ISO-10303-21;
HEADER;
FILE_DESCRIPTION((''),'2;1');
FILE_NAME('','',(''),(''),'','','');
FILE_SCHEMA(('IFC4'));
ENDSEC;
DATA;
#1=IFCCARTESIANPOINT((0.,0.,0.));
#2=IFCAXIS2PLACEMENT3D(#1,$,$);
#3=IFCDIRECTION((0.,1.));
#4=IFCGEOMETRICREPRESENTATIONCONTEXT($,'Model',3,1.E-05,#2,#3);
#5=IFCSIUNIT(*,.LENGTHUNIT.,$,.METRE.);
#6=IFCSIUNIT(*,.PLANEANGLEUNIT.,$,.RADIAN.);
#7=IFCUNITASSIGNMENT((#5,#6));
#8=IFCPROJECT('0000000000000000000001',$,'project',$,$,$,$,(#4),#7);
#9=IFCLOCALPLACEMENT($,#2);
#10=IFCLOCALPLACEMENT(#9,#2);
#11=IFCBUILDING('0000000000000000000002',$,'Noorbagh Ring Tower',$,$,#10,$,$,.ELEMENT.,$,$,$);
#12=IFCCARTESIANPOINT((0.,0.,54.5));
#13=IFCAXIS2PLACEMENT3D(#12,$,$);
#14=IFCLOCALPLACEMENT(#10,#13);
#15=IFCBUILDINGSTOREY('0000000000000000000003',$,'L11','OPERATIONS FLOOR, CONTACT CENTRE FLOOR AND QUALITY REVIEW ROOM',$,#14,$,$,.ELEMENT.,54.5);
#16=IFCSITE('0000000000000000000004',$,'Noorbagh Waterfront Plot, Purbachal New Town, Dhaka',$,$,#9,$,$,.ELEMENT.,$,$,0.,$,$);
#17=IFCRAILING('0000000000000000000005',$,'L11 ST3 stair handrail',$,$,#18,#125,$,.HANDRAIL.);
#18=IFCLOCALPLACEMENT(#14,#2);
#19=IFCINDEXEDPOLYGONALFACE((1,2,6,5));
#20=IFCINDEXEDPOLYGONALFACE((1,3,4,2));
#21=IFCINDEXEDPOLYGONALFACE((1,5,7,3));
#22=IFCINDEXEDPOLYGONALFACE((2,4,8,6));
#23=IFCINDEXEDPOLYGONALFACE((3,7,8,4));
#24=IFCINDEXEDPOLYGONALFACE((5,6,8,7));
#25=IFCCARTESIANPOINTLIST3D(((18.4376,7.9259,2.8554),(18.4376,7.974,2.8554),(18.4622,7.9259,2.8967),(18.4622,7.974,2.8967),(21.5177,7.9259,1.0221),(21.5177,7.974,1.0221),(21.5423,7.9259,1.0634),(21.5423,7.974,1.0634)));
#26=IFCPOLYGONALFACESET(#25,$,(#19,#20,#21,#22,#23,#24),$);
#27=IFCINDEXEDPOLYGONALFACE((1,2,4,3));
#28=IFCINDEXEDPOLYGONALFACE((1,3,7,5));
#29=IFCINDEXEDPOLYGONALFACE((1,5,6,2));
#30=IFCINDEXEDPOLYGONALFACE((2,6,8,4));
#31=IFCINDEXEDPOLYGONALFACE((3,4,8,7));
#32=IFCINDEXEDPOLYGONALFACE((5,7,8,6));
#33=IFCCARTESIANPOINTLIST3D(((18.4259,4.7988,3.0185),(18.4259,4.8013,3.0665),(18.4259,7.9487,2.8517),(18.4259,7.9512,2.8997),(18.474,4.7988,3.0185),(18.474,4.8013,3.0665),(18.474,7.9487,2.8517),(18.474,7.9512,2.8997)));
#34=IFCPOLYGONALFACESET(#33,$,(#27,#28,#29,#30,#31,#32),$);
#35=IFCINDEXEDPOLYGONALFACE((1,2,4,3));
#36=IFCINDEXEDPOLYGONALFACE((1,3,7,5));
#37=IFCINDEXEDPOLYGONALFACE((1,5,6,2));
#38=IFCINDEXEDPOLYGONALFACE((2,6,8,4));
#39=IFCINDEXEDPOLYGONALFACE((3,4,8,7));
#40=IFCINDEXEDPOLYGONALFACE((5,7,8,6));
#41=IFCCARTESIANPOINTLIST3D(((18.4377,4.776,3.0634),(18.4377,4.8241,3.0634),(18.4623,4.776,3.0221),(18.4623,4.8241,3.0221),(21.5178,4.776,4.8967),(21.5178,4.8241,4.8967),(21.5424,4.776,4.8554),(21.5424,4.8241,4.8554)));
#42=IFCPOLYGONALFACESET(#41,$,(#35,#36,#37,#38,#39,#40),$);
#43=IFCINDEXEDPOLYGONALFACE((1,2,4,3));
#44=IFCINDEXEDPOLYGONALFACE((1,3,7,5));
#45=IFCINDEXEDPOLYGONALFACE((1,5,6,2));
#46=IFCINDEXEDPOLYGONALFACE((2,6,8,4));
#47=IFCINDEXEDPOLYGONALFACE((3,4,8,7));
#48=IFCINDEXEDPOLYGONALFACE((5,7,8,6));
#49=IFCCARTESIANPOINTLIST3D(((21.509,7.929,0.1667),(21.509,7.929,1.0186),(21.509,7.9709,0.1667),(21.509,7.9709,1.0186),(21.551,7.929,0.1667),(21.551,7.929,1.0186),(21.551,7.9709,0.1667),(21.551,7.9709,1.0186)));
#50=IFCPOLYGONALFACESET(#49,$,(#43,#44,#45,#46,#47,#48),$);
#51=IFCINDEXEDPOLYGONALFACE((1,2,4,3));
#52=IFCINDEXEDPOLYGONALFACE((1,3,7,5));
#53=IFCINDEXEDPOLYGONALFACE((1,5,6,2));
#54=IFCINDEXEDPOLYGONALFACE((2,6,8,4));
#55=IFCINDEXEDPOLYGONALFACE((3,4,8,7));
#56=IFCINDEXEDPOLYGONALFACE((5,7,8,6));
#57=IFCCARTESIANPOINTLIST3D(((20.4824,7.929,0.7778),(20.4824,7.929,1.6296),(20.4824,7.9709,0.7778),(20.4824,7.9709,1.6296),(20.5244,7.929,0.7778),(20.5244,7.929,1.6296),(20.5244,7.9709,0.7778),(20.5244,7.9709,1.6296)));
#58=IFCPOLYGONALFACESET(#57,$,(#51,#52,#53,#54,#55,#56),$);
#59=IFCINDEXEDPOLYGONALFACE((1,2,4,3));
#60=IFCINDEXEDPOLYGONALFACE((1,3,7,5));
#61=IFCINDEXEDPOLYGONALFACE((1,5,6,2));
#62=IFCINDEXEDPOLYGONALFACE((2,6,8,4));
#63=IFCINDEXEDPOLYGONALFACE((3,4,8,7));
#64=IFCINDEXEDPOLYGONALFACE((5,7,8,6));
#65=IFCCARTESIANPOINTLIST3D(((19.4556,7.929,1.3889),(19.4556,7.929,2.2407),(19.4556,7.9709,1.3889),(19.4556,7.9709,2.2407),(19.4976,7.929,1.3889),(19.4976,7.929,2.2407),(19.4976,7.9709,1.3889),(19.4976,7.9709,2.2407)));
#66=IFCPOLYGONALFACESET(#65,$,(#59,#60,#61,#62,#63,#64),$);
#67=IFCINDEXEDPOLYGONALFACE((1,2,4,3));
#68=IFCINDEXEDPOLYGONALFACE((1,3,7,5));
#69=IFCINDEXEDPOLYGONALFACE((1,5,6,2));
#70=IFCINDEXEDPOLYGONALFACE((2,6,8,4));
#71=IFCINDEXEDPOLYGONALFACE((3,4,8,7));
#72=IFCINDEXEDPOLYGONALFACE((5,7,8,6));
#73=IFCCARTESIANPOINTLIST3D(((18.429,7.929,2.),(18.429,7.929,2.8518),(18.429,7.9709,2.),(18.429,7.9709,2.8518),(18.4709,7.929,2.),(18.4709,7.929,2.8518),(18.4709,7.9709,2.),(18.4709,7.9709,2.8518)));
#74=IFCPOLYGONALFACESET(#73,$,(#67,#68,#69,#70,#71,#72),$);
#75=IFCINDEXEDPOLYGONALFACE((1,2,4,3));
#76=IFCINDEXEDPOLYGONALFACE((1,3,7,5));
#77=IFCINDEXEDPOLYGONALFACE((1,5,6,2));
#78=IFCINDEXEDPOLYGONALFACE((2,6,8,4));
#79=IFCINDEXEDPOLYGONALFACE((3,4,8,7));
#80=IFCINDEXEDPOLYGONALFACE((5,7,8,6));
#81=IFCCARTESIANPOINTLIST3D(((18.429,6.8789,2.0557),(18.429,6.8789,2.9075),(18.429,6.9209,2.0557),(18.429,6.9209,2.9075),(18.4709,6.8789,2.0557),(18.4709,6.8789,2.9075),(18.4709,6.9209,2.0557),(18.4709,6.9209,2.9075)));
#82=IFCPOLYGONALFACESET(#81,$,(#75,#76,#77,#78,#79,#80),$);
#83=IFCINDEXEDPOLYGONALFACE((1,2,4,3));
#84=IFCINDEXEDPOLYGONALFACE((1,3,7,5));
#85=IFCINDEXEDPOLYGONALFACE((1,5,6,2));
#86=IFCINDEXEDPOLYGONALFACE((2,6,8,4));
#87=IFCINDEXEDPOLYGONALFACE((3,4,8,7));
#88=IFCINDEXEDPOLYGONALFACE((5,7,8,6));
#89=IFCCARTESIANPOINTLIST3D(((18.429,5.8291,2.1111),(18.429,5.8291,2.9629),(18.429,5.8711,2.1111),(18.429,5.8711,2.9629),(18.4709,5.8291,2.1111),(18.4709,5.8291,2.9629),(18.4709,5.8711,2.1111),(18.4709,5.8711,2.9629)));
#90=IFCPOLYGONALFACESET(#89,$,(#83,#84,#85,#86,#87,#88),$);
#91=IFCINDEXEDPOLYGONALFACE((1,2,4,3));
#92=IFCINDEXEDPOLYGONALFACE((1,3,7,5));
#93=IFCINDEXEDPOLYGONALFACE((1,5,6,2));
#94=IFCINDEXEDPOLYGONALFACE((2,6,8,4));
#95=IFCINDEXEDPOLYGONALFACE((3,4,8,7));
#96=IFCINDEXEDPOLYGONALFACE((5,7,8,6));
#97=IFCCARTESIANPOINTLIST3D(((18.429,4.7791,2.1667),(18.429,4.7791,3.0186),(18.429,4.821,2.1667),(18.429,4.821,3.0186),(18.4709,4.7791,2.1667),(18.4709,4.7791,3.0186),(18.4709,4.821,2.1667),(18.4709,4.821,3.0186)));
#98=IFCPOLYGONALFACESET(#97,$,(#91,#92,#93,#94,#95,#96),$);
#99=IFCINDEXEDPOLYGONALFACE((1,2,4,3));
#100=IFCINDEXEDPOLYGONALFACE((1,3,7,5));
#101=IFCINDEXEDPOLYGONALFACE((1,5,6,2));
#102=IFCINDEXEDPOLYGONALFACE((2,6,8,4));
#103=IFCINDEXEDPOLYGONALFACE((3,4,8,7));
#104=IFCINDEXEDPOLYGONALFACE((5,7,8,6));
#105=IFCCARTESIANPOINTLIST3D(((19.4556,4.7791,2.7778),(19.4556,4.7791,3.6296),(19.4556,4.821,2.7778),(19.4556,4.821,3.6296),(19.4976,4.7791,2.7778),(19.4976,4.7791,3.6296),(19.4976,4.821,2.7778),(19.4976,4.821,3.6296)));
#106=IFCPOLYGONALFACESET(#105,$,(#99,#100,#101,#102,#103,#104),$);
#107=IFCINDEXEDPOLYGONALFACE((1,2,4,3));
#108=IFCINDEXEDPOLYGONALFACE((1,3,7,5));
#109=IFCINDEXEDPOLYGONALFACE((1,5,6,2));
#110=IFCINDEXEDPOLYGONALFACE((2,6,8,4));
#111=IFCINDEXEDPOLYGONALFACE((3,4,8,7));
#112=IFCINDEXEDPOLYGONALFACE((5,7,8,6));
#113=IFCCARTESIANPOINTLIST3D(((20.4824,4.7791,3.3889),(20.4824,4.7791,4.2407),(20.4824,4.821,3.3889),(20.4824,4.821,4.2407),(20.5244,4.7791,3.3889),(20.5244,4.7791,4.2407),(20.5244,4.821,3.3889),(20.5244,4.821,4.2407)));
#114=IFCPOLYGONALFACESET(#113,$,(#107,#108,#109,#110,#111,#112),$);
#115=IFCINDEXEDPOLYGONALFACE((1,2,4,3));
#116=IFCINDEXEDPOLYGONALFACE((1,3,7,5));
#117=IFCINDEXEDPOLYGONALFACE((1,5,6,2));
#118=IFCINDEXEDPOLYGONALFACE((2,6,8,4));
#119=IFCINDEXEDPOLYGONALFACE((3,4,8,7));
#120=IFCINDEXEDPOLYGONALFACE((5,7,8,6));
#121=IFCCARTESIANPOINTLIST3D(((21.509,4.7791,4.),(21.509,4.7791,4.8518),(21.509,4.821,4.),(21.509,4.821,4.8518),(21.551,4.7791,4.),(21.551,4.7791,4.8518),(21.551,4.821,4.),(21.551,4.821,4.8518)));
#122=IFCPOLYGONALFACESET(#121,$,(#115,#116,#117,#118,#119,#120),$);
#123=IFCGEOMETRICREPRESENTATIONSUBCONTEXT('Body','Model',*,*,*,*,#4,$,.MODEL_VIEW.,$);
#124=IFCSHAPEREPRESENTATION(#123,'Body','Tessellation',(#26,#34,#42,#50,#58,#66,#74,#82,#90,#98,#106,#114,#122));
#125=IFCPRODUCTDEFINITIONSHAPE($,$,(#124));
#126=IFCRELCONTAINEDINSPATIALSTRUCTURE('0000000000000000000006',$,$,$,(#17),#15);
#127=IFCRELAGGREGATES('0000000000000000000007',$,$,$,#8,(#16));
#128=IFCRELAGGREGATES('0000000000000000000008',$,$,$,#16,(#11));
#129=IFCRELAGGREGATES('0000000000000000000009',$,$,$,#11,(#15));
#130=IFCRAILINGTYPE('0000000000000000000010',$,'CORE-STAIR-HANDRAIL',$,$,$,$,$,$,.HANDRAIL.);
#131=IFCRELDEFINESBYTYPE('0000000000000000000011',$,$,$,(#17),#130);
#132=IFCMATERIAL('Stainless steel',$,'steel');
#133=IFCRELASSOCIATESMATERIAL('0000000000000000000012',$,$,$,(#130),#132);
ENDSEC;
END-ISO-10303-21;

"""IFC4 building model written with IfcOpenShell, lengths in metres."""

from ifc_helpers import new_model, si_unit, direction, frame, origin, origin_2d, place, context, subcontext, project, spatial, rectangle, extrude, material, type_object, element, save


model = new_model("IFC4")

# Units and contexts
model_context = context("Model", 3, precision=1e-05, world=origin(), true_north=direction((0.0, 1.0)))
body_context = subcontext(model_context, "Body", "Model", "MODEL_VIEW")
ifc_project = project(units=[si_unit("LENGTHUNIT", "METRE"), si_unit("PLANEANGLEUNIT", "RADIAN")], contexts=[model_context])

# Site, building, storey
site_placement = place(None, origin())
site = spatial("IfcSite", under=ifc_project, at=site_placement, Name="Noorbagh Waterfront Plot, Purbachal New Town, Dhaka", CompositionType="ELEMENT", RefElevation=0.0)
building_placement = place(site_placement, origin())
building = spatial("IfcBuilding", under=site, at=building_placement, Name="Noorbagh Ring Tower", CompositionType="ELEMENT")
storey_placement = place(building_placement, frame((0.0, 0.0, 54.5)))
storey = spatial("IfcBuildingStorey", under=building, at=storey_placement, Name="L11", Description="OPERATIONS FLOOR, CONTACT CENTRE FLOOR AND QUALITY REVIEW ROOM", CompositionType="ELEMENT", Elevation=54.5)

# Railing
ifc_material_1 = material(Name="Stainless steel", Category="steel")
railing_type_1 = type_object("IfcRailingType", Name="CORE-STAIR-HANDRAIL", PredefinedType="HANDRAIL", material=ifc_material_1)
railing_1_placement = place(storey_placement, frame((21.53, 7.95, 0.1667)))
element("IfcRailing", 1, at=railing_1_placement, inside=storey, type_object=railing_type_1, Name="L11 ST3 stair handrail", PredefinedType="HANDRAIL", context=body_context, shape_type="SweptSolid", body=[
    extrude(rectangle(XDim=0.0481, YDim=0.0481, at=origin_2d()), frame((0.0, 0.0, 0.876), z_axis=(-0.859309, 0.0, 0.511458), x_axis=(0.0, -1.0, 0.0)), (0.0, 0.0, 1.0), 3.5845),
    extrude(rectangle(XDim=0.0481, YDim=0.0481, at=origin_2d()), frame((-3.0801, 0.0, 2.709), z_axis=(0.0, -0.998602, 0.052864), x_axis=(1.0, 0.0, 0.0)), (0.0, 0.0, 1.0), 3.1543),
    extrude(rectangle(XDim=0.0481, YDim=0.0481, at=origin_2d()), frame((-3.0801, -3.1499, 2.876), z_axis=(0.859309, 0.0, 0.511458), x_axis=(0.0, 1.0, 0.0)), (0.0, 0.0, 1.0), 3.5845),
    extrude(rectangle(XDim=0.042, YDim=0.042, at=origin_2d()), origin(), (0.0, 0.0, 1.0), 0.8518),
    extrude(rectangle(XDim=0.042, YDim=0.042, at=origin_2d()), frame((-1.0266, 0.0, 0.6111)), (0.0, 0.0, 1.0), 0.8518),
    extrude(rectangle(XDim=0.042, YDim=0.042, at=origin_2d()), frame((-2.0535, 0.0, 1.2222)), (0.0, 0.0, 1.0), 0.8518),
    extrude(rectangle(XDim=0.042, YDim=0.042, at=origin_2d()), frame((-3.0801, 0.0, 1.8333)), (0.0, 0.0, 1.0), 0.8518),
    extrude(rectangle(XDim=0.042, YDim=0.042, at=origin_2d()), frame((-3.0801, -1.05, 1.8889)), (0.0, 0.0, 1.0), 0.8518),
    extrude(rectangle(XDim=0.042, YDim=0.042, at=origin_2d()), frame((-3.0801, -2.0999, 1.9443)), (0.0, 0.0, 1.0), 0.8518),
    extrude(rectangle(XDim=0.042, YDim=0.042, at=origin_2d()), frame((-3.0801, -3.1499, 2.0)), (0.0, 0.0, 1.0), 0.8518),
    extrude(rectangle(XDim=0.042, YDim=0.042, at=origin_2d()), frame((-2.0535, -3.1499, 2.6111)), (0.0, 0.0, 1.0), 0.8518),
    extrude(rectangle(XDim=0.042, YDim=0.042, at=origin_2d()), frame((-1.0266, -3.1499, 3.2222)), (0.0, 0.0, 1.0), 0.8518),
    extrude(rectangle(XDim=0.042, YDim=0.042, at=origin_2d()), frame((0.0, -3.1499, 3.8333)), (0.0, 0.0, 1.0), 0.8518),
])

save(model, "model.ifc")
